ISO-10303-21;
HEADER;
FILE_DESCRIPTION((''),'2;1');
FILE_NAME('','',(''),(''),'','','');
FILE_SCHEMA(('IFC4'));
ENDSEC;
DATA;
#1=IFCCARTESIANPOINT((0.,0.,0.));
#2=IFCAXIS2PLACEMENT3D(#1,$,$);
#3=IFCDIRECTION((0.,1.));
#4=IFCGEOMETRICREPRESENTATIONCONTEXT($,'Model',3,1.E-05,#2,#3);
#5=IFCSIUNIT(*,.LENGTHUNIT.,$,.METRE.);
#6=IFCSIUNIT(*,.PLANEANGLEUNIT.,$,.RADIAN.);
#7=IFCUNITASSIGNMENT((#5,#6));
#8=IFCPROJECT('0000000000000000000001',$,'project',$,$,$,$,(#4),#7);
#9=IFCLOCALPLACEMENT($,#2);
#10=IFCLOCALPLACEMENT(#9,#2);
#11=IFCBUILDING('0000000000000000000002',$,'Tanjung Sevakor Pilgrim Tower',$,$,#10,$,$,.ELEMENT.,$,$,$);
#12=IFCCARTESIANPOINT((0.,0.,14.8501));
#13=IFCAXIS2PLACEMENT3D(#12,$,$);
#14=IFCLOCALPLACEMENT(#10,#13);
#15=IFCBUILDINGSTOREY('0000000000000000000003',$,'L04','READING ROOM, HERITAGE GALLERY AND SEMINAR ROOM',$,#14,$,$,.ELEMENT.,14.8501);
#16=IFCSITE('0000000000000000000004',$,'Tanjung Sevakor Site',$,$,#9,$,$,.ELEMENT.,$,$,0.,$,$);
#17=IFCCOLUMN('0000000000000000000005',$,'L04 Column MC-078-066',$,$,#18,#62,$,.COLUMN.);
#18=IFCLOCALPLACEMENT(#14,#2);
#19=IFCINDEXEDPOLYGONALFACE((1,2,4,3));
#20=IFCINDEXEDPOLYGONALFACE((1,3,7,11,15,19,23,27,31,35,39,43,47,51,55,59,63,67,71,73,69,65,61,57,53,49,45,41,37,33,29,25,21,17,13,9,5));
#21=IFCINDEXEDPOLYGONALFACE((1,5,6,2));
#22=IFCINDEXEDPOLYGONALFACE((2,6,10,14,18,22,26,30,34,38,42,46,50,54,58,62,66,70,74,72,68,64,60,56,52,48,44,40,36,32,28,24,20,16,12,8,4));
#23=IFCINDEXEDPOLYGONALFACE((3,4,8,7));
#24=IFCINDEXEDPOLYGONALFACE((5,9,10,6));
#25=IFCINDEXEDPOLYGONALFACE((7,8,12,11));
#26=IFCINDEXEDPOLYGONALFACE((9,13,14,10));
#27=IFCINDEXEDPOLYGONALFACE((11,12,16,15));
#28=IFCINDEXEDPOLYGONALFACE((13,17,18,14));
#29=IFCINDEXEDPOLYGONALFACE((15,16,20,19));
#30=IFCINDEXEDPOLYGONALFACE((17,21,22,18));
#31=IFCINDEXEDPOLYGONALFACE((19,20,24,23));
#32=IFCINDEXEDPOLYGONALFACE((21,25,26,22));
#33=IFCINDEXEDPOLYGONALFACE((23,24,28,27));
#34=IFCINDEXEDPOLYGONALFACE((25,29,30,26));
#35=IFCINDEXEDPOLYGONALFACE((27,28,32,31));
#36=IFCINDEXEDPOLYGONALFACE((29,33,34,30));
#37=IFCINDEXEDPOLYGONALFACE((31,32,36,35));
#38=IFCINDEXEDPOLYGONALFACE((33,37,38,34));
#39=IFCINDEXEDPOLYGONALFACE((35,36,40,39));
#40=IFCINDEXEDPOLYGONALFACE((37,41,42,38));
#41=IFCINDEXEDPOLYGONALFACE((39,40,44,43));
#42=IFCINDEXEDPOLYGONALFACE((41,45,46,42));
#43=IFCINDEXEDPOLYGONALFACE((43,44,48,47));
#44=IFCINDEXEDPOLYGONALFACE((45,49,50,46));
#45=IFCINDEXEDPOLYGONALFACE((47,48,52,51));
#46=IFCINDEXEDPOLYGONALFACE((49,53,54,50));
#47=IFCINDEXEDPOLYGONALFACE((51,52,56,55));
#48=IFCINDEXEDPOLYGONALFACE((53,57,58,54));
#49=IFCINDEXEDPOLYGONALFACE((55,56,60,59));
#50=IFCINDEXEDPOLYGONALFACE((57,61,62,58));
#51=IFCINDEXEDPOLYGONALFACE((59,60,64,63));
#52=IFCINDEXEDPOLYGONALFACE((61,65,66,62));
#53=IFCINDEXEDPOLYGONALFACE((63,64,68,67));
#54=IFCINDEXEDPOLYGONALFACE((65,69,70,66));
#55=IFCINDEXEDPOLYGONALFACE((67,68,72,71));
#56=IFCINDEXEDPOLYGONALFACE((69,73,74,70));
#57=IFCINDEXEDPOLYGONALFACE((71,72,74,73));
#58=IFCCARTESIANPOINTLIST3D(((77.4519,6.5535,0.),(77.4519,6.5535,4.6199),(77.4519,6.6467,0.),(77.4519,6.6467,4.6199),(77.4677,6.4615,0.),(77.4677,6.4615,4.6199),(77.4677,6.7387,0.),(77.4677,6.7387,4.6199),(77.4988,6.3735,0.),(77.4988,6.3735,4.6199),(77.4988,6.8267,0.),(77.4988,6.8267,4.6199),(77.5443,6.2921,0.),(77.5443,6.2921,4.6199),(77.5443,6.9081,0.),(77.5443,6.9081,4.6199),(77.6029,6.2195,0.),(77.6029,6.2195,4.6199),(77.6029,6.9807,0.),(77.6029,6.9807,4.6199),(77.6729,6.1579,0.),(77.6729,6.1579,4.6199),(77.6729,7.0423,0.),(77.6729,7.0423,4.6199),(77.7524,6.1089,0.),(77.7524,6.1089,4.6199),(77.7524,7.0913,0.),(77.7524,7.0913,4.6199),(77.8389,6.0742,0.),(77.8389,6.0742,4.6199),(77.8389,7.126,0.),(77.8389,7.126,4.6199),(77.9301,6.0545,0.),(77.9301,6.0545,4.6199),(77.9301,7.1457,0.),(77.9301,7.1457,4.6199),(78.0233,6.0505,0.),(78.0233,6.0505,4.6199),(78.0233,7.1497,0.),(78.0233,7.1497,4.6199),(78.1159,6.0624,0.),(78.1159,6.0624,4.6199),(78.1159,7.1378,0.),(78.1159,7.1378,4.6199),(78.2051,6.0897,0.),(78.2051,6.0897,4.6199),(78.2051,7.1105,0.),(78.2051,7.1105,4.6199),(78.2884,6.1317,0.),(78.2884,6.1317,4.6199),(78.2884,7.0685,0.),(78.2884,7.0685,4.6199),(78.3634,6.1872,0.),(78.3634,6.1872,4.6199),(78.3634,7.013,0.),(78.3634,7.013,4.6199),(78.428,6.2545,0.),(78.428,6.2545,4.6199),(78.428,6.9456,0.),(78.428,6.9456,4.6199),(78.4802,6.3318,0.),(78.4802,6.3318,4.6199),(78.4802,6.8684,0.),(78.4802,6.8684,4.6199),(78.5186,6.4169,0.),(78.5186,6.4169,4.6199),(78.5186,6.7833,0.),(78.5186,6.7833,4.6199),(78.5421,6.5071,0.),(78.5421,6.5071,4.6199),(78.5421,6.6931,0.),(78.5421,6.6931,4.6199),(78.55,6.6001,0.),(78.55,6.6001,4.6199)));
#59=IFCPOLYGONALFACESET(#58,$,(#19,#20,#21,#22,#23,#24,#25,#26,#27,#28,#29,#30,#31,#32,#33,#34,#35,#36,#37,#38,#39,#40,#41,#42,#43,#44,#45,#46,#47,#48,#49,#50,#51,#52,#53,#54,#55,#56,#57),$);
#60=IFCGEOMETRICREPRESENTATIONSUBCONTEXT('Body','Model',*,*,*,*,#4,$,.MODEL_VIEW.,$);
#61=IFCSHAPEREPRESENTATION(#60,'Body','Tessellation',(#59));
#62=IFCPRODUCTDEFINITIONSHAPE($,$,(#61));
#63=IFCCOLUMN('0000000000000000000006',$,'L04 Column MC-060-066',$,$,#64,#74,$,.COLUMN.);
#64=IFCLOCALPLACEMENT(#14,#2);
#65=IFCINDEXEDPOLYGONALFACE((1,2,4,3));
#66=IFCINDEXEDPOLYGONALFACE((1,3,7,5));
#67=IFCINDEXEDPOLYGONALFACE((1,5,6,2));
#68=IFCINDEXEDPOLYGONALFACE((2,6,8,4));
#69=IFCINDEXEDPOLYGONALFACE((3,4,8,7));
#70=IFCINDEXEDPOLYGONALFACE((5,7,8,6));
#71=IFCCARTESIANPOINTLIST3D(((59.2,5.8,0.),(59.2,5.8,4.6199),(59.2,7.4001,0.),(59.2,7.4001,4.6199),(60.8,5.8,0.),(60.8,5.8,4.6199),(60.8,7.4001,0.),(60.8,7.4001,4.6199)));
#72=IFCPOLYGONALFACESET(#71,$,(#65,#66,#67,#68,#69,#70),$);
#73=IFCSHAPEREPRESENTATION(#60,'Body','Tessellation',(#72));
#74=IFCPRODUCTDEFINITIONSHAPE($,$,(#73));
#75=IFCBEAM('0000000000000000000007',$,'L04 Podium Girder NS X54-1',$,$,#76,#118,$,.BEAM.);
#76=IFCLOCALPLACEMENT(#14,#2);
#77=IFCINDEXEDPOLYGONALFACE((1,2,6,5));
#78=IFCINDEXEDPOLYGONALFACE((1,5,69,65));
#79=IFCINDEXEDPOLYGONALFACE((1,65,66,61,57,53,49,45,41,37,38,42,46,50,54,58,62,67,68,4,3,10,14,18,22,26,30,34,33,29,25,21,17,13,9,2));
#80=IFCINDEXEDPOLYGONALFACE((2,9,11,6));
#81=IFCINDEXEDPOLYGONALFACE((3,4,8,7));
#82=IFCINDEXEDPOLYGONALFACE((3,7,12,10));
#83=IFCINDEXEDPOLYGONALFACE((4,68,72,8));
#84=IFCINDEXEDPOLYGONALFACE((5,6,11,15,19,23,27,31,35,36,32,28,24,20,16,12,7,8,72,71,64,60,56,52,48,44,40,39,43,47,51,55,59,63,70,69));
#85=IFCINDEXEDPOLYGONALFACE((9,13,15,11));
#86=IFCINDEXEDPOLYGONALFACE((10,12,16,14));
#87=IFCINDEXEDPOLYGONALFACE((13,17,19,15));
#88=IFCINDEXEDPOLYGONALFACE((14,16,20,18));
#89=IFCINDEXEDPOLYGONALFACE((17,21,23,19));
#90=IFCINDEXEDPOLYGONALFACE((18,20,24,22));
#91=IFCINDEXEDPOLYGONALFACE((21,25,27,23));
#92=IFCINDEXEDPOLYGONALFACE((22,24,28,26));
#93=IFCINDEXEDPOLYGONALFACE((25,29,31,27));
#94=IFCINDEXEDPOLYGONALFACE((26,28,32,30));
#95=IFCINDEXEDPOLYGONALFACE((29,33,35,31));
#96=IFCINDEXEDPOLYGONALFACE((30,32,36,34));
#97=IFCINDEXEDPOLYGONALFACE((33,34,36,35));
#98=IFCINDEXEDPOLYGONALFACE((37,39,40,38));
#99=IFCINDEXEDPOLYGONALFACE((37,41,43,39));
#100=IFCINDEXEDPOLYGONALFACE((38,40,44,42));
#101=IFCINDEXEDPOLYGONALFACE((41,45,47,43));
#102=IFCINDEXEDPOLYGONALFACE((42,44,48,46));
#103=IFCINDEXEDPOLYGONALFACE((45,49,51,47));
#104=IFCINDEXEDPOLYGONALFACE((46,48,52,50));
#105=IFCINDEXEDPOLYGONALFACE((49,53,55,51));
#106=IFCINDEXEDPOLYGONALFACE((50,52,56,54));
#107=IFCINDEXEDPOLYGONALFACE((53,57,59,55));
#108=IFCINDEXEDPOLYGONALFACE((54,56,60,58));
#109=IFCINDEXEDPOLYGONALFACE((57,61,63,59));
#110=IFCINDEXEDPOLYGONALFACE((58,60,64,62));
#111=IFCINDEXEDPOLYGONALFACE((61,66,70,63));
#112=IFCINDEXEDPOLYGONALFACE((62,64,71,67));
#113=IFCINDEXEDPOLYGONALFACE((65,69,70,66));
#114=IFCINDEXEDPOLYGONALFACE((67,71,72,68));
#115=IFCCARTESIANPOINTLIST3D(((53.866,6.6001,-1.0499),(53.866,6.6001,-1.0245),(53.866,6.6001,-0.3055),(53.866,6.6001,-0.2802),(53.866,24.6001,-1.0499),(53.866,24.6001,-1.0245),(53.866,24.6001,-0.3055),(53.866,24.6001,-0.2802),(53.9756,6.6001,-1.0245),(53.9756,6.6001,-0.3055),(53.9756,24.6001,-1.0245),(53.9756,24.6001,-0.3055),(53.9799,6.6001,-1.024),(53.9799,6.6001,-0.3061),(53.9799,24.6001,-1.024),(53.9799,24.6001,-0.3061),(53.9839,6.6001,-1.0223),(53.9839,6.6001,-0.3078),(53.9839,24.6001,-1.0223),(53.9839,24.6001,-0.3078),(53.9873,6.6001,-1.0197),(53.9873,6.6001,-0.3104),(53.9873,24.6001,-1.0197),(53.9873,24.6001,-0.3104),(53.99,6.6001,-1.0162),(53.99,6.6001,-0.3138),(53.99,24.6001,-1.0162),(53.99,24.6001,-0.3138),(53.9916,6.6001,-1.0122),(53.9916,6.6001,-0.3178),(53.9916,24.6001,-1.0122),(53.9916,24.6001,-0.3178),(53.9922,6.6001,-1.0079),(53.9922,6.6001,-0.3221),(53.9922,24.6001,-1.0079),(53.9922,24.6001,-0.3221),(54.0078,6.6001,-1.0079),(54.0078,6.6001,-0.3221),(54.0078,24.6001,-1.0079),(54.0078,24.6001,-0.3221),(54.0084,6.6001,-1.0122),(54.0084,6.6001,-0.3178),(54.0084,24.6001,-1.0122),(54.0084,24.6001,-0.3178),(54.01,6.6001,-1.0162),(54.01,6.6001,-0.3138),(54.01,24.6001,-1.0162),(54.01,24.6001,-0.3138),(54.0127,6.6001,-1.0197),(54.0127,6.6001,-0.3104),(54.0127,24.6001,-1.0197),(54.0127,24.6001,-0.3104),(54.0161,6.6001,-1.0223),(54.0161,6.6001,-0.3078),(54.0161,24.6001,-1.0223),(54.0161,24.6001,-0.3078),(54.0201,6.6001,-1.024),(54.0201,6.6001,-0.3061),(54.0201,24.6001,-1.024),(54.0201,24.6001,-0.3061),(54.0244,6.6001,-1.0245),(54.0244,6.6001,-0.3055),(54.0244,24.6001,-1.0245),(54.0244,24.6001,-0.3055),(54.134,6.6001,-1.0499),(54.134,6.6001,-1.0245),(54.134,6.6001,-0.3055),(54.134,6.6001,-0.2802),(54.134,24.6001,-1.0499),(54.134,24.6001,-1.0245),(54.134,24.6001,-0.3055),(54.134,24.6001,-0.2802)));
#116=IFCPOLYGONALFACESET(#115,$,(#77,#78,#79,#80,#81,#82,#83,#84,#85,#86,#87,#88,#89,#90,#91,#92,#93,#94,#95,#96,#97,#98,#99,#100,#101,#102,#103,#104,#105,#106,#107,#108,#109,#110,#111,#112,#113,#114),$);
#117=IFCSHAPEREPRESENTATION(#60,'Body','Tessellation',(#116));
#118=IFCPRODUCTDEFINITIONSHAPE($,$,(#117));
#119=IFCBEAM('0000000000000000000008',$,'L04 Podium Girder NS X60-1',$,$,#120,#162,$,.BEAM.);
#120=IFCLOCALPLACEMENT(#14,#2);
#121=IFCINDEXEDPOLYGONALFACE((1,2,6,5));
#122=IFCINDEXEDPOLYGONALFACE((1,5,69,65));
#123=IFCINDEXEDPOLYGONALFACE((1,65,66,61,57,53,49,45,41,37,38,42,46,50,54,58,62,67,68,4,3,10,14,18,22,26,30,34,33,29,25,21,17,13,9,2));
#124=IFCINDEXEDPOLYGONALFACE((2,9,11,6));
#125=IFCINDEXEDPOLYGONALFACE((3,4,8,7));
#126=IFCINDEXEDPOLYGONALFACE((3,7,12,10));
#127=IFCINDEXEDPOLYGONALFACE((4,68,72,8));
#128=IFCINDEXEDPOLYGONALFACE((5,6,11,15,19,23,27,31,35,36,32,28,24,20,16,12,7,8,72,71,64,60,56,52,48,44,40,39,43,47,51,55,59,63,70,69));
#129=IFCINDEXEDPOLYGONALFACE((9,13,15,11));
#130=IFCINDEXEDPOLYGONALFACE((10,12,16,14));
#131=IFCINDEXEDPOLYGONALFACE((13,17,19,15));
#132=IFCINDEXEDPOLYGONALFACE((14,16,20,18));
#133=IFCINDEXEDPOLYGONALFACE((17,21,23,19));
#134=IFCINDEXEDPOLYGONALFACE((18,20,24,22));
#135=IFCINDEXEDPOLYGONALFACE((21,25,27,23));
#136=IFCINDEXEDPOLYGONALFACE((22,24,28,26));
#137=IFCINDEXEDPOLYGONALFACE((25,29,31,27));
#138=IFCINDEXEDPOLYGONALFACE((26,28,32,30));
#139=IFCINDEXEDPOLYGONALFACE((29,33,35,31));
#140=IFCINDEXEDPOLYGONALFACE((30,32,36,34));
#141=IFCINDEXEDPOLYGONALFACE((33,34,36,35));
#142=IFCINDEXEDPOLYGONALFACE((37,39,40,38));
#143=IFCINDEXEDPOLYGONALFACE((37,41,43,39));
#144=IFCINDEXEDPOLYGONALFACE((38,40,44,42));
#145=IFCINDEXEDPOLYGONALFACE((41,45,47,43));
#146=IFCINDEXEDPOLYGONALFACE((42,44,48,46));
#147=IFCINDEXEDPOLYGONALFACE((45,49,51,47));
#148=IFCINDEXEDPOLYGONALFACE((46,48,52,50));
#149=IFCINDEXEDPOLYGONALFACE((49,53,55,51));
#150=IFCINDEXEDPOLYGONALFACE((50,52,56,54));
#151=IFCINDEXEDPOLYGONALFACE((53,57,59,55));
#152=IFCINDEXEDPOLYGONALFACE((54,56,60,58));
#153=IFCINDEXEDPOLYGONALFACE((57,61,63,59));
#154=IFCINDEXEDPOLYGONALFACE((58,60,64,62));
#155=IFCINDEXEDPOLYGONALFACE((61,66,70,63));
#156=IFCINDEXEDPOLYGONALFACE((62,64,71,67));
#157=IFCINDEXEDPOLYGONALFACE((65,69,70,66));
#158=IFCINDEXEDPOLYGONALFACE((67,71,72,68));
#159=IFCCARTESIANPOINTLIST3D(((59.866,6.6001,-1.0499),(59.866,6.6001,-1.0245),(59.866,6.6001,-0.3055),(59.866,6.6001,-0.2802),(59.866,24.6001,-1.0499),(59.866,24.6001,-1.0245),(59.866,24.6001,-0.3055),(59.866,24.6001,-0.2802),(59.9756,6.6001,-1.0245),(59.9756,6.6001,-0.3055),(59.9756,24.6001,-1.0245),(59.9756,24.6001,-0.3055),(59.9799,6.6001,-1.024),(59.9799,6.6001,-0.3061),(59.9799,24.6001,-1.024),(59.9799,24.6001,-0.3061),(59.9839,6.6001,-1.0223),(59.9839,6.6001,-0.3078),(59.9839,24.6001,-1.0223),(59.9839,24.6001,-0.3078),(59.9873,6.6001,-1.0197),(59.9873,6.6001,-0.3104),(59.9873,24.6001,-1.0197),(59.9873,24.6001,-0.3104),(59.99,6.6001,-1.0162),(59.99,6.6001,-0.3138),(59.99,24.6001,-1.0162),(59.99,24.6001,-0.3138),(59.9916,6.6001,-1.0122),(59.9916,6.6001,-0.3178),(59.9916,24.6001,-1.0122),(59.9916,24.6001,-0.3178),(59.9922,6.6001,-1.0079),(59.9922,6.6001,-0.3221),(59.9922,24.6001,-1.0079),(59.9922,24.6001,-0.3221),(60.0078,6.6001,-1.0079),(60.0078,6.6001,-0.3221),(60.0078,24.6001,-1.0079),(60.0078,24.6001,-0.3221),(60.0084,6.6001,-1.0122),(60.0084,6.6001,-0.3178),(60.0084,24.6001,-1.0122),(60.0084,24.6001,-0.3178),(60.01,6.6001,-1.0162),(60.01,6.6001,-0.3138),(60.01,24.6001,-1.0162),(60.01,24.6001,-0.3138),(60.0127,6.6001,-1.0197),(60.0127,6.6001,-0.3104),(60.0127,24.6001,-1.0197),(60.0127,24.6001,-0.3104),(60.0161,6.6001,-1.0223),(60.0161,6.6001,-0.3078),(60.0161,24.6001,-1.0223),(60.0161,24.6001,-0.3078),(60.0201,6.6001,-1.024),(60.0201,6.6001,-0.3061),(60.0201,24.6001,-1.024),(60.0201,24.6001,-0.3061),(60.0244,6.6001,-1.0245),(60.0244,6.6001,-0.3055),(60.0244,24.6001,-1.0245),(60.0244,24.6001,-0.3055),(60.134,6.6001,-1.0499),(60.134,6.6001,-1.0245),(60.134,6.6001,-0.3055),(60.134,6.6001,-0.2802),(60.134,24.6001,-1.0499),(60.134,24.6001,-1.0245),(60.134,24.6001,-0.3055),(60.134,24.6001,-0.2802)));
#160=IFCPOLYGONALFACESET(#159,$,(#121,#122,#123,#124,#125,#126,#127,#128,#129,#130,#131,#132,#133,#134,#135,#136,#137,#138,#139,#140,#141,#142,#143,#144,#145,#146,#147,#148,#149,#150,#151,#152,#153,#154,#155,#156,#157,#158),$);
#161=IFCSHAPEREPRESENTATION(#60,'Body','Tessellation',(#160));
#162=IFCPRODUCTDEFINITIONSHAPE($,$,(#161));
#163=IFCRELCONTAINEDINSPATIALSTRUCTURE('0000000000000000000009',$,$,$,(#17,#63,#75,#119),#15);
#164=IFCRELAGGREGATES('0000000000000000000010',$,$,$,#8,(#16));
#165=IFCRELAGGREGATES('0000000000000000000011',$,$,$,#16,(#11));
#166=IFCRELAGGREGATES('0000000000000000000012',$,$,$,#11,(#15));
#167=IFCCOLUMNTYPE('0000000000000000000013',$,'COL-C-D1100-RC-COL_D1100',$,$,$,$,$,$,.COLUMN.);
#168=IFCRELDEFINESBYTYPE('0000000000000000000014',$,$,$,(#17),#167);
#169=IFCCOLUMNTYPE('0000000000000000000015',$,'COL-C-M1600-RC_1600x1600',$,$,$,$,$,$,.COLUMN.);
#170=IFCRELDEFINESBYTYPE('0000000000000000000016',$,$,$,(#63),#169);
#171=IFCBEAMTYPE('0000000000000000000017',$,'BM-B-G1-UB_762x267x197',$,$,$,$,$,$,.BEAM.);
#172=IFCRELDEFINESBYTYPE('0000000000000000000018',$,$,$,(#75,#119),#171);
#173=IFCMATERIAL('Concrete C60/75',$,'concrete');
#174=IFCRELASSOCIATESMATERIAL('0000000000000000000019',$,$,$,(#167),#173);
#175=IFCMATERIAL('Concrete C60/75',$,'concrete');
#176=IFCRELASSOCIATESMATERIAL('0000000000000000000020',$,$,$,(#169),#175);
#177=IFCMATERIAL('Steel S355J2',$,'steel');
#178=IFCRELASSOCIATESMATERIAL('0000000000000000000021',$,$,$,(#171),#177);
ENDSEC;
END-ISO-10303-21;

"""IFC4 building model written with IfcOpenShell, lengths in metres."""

from ifc_helpers import new_model, si_unit, direction, frame, origin, origin_2d, place, context, subcontext, project, spatial, rectangle, circle, i_section, extrude, material, material_profile, profile_set, type_object, element, save


model = new_model("IFC4")

# Units and contexts
model_context = context("Model", 3, precision=1e-05, world=origin(), true_north=direction((0.0, 1.0)))
body_context = subcontext(model_context, "Body", "Model", "MODEL_VIEW")
ifc_project = project(units=[si_unit("LENGTHUNIT", "METRE"), si_unit("PLANEANGLEUNIT", "RADIAN")], contexts=[model_context])

# Site, building, storey
site_placement = place(None, origin())
site = spatial("IfcSite", under=ifc_project, at=site_placement, Name="Tanjung Sevakor Site", CompositionType="ELEMENT", RefElevation=0.0)
building_placement = place(site_placement, origin())
building = spatial("IfcBuilding", under=site, at=building_placement, Name="Tanjung Sevakor Pilgrim Tower", CompositionType="ELEMENT")
storey_placement = place(building_placement, frame((0.0, 0.0, 14.8501)))
storey = spatial("IfcBuildingStorey", under=building, at=storey_placement, Name="L04", Description="READING ROOM, HERITAGE GALLERY AND SEMINAR ROOM", CompositionType="ELEMENT", Elevation=14.8501)

# Columns
ifc_material_1 = material(Name="Concrete C60/75", Category="concrete")
ifc_material_profile_1 = material_profile(ifc_material_1, circle(Radius=0.55, at=origin_2d()))
ifc_profile_set_1 = profile_set([ifc_material_profile_1], Name="Concrete C60/75")
column_type_1 = type_object("IfcColumnType", Name="COL-C-D1100-RC-COL_D1100", PredefinedType="COLUMN", material=ifc_profile_set_1)
column_1_placement = place(storey_placement, frame((78.0, 6.6001, 0.0), z_axis=(0.0, 0.0, 1.0), x_axis=(1.0, 0.0, 0.0)))
element("IfcColumn", 1, at=column_1_placement, inside=storey, type_object=column_type_1, Name="L04 Column MC-078-066", PredefinedType="COLUMN", context=body_context, shape_type="SweptSolid", body=[
    extrude(circle(Radius=0.55, at=origin_2d()), origin(), (0.0, 0.0, 1.0), 4.6199),
])
ifc_material_2 = material(Name="Concrete C60/75", Category="concrete")
ifc_material_profile_2 = material_profile(ifc_material_2, rectangle(XDim=1.6001, YDim=1.6001, at=origin_2d()))
ifc_profile_set_2 = profile_set([ifc_material_profile_2], Name="Concrete C60/75")
column_type_2 = type_object("IfcColumnType", Name="COL-C-M1600-RC_1600x1600", PredefinedType="COLUMN", material=ifc_profile_set_2)
column_2_placement = place(storey_placement, frame((60.0, 6.6001, 0.0), z_axis=(0.0, 0.0, 1.0), x_axis=(1.0, 0.0, 0.0)))
element("IfcColumn", 2, at=column_2_placement, inside=storey, type_object=column_type_2, Name="L04 Column MC-060-066", PredefinedType="COLUMN", context=body_context, shape_type="SweptSolid", body=[
    extrude(rectangle(XDim=1.6001, YDim=1.6001, at=origin_2d()), origin(), (0.0, 0.0, 1.0), 4.6199),
])

# Beams
ifc_material_3 = material(Name="Steel S355J2", Category="steel")
ifc_material_profile_3 = material_profile(ifc_material_3, i_section(OverallWidth=0.2681, OverallDepth=0.7698, WebThickness=0.0156, FlangeThickness=0.0254, FilletRadius=0.0166, at=origin_2d()))
ifc_profile_set_3 = profile_set([ifc_material_profile_3], Name="Steel S355J2")
beam_type_1 = type_object("IfcBeamType", Name="BM-B-G1-UB_762x267x197", PredefinedType="BEAM", material=ifc_profile_set_3)
for number, where, z_axis, x_axis, name in (
    (3, (54.0, 6.6001, -0.665), (0.0, 1.0, 0.0), (-1.0, 0.0, 0.0), "L04 Podium Girder NS X54-1"),
    (4, (60.0, 6.6001, -0.665), (0.0, 1.0, 0.0), (-1.0, 0.0, 0.0), "L04 Podium Girder NS X60-1"),
):
    element("IfcBeam", number, at=place(storey_placement, frame(where, z_axis=z_axis, x_axis=x_axis)), inside=storey, type_object=beam_type_1, Name=name, PredefinedType="BEAM", context=body_context, shape_type="SweptSolid", body=[
        extrude(i_section(OverallWidth=0.2681, OverallDepth=0.7698, WebThickness=0.0156, FlangeThickness=0.0254, FilletRadius=0.0166, at=origin_2d()), origin(), (0.0, 0.0, 1.0), 18.0),
    ])

save(model, "model.ifc")
